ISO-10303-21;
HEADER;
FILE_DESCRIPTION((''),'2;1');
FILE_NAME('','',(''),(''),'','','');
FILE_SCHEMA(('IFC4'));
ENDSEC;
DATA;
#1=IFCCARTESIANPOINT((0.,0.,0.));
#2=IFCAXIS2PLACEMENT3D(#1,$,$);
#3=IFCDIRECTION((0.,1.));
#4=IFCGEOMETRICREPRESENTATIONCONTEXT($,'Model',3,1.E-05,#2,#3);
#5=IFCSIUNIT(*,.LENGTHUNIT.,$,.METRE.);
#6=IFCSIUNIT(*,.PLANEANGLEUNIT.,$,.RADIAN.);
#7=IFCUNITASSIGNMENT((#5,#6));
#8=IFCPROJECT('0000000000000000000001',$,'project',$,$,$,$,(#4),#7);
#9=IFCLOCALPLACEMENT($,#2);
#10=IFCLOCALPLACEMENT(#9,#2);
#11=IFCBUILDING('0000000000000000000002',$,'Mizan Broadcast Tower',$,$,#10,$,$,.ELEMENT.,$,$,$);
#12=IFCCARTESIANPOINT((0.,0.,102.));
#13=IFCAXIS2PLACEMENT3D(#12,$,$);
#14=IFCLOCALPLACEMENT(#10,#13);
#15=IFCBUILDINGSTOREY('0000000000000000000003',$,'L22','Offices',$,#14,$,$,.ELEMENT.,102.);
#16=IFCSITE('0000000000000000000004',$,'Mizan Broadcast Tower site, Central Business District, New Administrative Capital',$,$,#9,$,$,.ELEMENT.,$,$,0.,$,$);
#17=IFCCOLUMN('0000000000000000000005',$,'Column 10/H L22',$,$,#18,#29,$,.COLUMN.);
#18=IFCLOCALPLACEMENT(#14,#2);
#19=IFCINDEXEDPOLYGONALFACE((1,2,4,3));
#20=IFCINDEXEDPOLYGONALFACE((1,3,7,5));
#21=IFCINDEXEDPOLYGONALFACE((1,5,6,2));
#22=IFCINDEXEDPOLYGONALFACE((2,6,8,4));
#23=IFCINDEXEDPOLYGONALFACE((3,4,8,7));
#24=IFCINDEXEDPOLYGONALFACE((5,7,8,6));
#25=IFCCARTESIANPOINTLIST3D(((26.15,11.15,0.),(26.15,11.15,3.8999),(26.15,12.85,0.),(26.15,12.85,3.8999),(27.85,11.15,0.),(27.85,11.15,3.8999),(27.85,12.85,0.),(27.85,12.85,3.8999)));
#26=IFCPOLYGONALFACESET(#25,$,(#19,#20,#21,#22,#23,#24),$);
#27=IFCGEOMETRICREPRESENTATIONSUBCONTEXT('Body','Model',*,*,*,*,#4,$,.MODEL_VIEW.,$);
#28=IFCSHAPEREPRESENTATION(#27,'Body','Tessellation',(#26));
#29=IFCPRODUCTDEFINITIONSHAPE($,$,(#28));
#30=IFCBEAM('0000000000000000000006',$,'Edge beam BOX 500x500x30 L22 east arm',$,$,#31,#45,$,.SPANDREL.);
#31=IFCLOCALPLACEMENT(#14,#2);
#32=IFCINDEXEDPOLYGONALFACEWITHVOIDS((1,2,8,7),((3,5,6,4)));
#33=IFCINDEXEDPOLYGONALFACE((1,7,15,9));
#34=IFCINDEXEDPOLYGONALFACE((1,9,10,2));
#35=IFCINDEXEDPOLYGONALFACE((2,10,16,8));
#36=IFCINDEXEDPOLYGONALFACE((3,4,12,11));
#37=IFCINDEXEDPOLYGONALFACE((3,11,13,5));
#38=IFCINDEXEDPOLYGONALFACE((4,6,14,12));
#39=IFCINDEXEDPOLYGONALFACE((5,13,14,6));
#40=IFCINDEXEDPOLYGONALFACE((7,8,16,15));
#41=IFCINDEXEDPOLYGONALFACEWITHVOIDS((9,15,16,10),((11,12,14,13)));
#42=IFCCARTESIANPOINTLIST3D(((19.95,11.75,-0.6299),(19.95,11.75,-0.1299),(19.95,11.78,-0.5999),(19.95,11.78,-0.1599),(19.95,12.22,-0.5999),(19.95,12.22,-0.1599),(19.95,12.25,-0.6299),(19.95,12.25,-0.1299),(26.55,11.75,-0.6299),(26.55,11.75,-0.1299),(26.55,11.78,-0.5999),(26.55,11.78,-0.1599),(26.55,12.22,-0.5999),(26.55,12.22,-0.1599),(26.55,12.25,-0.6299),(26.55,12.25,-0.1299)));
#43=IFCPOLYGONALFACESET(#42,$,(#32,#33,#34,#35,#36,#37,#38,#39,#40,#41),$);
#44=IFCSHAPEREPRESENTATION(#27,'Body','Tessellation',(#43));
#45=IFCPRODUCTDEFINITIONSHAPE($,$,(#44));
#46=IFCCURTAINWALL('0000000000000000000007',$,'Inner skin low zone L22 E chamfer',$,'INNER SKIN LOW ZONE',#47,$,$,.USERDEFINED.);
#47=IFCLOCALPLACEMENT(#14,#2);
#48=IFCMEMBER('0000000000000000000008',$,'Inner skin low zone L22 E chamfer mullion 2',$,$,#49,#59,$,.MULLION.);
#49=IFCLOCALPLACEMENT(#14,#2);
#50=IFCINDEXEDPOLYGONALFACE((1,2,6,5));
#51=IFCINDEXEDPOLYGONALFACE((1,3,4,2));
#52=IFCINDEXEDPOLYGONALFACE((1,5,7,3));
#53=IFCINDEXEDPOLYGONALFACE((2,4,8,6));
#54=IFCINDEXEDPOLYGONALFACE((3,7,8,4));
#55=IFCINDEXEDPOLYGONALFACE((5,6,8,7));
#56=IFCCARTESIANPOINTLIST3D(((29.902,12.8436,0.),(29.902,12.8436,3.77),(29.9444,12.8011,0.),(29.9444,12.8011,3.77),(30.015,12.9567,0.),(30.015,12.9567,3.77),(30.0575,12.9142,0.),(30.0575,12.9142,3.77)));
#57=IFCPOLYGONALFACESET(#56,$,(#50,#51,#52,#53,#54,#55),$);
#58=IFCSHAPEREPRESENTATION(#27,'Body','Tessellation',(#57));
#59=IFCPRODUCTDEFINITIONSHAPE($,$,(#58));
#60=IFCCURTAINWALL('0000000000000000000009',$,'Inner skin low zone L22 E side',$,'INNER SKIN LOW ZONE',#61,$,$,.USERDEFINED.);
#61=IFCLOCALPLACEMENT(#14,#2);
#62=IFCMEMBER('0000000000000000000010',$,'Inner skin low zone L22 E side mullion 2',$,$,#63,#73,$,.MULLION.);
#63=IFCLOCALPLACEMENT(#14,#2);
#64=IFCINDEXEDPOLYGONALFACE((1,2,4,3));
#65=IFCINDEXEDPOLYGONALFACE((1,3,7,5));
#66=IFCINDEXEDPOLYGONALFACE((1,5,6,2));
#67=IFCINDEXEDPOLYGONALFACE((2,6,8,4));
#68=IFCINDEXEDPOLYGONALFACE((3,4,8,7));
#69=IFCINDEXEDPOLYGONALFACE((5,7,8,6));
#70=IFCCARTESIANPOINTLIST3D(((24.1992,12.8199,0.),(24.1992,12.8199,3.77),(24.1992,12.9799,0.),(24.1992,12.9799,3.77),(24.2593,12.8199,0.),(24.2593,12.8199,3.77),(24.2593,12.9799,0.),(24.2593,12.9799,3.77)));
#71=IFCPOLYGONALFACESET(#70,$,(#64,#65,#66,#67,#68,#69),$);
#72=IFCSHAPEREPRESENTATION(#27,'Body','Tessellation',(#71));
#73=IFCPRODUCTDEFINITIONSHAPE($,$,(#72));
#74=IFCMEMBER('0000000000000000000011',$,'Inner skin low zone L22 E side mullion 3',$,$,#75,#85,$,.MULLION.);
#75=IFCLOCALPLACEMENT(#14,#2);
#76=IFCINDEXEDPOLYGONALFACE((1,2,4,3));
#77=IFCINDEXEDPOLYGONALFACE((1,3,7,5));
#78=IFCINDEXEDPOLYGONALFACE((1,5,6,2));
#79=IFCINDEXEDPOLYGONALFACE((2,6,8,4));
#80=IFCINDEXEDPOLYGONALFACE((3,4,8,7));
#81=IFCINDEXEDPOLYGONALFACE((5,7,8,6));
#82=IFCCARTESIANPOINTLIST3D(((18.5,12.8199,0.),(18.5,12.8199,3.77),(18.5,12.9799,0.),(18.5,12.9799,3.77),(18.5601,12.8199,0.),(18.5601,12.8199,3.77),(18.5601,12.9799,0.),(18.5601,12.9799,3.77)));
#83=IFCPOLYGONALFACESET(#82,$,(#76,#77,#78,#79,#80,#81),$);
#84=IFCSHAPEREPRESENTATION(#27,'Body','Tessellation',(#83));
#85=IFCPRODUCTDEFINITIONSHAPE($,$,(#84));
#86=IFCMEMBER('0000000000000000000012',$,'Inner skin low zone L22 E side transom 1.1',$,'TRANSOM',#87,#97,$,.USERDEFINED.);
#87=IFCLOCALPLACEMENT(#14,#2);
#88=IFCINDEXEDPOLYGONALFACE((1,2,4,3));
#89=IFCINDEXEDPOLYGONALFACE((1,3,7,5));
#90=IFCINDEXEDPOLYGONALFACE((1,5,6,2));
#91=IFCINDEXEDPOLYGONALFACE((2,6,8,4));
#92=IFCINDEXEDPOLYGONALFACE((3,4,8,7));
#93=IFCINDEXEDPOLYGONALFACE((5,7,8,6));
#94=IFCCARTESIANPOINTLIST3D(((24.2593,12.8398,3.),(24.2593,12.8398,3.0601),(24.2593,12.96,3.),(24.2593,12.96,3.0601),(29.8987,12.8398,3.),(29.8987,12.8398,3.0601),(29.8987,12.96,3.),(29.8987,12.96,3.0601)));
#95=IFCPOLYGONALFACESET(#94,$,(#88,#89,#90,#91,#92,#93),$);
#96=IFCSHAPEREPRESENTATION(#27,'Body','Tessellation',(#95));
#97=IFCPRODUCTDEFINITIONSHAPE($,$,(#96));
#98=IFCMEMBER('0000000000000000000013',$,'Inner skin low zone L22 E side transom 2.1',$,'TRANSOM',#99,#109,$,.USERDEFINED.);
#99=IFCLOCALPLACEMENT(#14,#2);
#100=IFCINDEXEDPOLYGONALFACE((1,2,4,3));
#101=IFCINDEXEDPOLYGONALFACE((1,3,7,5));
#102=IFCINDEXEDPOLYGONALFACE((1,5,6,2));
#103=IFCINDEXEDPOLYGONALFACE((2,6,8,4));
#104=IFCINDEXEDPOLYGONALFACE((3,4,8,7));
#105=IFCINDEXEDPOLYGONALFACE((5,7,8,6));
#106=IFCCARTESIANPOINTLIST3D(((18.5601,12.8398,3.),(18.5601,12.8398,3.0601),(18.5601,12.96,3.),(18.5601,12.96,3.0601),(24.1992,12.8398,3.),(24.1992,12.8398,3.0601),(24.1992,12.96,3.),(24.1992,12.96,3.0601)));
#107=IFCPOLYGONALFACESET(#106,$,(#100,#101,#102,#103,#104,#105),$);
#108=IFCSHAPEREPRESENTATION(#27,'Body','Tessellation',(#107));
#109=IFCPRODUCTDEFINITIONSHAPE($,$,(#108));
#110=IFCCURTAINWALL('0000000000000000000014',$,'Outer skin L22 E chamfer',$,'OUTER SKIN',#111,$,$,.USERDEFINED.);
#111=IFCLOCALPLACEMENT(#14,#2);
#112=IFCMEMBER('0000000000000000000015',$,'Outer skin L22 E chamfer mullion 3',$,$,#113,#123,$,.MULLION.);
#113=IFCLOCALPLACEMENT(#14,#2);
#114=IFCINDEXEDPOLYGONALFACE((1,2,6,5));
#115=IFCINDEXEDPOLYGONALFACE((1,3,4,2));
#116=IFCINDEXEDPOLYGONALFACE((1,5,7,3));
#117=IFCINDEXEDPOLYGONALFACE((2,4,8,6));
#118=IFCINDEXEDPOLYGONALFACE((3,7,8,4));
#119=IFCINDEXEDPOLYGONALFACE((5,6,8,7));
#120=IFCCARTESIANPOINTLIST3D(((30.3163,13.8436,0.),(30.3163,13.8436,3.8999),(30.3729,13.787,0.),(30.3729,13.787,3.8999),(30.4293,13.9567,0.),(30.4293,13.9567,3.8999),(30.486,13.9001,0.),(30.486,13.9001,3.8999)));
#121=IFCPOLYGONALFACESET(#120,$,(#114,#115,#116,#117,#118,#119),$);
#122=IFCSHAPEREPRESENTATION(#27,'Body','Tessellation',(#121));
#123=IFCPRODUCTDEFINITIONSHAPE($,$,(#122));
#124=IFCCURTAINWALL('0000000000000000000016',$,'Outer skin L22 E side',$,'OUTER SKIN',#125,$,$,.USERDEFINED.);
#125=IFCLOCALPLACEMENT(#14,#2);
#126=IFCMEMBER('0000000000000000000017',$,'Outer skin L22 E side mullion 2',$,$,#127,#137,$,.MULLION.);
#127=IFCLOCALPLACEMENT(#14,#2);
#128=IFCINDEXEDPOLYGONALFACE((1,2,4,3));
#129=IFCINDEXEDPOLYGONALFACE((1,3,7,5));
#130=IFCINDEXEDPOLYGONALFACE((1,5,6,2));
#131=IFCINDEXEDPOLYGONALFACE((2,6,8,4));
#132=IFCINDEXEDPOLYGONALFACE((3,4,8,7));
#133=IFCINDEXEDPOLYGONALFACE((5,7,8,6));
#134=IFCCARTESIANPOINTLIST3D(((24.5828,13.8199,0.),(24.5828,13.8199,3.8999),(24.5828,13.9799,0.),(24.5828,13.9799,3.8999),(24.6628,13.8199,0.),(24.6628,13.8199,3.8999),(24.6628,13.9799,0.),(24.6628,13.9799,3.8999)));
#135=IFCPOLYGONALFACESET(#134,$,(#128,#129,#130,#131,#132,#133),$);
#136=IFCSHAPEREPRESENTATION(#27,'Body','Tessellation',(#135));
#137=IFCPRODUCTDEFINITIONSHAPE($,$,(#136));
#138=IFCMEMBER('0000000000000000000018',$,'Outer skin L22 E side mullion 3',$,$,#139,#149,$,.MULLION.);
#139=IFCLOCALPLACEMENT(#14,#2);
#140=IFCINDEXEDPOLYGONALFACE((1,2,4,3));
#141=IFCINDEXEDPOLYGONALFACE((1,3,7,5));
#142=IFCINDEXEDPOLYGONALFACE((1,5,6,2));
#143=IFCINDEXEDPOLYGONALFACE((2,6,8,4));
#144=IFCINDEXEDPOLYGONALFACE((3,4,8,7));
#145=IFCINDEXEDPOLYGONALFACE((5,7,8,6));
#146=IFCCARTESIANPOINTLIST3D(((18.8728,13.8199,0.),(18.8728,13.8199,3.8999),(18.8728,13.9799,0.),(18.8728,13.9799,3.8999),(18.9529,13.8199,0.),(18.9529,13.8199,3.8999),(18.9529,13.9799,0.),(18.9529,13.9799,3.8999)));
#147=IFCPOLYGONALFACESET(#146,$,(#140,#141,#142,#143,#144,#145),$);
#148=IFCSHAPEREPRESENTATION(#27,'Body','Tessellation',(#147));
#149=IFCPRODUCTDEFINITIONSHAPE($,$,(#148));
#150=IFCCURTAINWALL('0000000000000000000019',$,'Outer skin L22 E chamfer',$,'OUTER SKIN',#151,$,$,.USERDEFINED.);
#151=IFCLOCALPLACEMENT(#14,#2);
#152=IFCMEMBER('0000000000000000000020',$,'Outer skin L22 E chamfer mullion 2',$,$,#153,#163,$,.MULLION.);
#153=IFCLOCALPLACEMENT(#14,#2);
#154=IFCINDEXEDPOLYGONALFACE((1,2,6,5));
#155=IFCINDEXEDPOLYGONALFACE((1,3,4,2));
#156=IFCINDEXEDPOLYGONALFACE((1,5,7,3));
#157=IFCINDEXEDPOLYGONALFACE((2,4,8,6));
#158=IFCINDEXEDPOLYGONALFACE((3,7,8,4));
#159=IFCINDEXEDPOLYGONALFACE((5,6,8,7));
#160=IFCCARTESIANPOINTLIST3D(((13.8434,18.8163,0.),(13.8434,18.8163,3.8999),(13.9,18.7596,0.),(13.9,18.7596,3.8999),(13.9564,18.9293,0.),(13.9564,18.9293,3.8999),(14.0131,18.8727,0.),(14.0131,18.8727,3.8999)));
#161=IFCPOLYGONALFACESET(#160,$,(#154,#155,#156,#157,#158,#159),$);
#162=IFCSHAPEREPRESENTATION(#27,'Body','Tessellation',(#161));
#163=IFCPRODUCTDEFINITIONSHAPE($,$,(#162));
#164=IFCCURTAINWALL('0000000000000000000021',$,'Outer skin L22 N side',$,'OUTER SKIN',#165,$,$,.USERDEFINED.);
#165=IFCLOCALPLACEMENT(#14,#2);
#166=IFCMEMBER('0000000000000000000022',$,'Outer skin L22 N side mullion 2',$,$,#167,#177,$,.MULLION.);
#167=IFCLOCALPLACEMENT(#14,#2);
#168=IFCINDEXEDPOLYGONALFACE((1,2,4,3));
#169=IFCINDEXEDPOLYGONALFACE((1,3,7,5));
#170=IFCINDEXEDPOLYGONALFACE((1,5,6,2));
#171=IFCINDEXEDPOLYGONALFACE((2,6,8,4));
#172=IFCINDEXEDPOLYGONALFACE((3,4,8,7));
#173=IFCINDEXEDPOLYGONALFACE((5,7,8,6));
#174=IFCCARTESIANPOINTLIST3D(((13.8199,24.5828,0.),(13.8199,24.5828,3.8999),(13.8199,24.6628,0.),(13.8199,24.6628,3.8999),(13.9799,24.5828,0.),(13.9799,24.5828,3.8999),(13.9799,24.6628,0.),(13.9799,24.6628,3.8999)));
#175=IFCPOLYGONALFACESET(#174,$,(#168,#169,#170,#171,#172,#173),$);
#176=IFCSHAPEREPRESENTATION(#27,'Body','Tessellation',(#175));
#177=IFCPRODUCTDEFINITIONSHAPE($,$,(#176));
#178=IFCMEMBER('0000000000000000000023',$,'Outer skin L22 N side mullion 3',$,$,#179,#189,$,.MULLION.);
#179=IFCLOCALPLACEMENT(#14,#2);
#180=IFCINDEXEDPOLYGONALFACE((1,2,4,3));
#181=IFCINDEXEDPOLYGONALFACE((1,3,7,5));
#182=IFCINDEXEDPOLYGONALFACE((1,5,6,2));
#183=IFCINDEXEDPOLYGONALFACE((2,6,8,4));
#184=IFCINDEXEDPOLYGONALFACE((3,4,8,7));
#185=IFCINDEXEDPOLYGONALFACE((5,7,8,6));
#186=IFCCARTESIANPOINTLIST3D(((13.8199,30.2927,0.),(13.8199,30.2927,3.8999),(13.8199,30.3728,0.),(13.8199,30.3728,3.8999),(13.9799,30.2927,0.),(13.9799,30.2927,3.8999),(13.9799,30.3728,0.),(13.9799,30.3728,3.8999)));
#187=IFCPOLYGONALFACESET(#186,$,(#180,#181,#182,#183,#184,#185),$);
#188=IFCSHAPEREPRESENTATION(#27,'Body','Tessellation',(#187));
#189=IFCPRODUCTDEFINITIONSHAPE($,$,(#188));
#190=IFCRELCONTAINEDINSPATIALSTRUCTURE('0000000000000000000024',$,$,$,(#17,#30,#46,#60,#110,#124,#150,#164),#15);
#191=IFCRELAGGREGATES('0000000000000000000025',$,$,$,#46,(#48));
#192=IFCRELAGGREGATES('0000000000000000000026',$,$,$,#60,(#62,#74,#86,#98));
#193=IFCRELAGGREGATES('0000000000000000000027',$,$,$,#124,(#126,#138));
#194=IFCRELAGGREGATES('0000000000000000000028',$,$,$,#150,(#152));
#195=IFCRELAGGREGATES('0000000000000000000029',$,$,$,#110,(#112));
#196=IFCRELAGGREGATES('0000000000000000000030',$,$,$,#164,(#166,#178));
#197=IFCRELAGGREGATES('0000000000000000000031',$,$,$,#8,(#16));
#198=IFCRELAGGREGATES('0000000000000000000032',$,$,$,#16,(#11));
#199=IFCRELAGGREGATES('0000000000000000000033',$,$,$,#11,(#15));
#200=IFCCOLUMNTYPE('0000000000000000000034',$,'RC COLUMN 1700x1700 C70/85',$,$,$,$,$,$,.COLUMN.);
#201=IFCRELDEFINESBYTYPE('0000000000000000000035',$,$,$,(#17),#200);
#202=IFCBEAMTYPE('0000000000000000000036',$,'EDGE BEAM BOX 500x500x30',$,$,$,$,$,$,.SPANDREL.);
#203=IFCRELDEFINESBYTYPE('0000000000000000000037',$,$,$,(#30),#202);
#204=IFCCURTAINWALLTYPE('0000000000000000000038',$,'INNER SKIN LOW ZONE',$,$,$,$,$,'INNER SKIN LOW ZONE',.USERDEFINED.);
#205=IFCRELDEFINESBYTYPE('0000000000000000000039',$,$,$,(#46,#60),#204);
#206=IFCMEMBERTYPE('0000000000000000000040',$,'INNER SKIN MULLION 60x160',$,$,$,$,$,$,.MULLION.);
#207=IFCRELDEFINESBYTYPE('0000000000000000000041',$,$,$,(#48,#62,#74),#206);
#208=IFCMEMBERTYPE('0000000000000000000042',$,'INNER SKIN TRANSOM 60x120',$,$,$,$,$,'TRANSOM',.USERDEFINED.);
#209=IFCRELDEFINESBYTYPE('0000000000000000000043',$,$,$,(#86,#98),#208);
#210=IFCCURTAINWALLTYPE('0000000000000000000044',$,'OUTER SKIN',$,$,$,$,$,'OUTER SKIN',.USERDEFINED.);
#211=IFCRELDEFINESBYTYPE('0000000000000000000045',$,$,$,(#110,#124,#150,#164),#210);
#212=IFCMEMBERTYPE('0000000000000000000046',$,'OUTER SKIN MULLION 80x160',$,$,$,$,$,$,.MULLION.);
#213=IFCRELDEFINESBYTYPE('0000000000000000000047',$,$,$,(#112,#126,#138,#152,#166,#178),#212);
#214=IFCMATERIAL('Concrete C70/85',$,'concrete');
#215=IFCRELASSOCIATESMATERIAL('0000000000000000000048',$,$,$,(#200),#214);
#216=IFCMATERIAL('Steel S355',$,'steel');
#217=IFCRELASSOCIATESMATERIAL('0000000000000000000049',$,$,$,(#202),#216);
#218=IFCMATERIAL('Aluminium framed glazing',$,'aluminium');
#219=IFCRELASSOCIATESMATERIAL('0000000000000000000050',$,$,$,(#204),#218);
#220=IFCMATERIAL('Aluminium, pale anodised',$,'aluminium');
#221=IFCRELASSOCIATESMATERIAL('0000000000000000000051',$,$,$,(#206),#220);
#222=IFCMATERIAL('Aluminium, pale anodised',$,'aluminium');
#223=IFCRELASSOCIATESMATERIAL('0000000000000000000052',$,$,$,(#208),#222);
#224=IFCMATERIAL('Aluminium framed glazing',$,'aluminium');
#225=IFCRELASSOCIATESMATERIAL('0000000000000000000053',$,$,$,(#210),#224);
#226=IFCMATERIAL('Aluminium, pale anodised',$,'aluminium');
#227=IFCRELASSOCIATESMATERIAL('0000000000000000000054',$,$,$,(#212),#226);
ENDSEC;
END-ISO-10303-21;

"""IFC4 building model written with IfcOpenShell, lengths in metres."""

from ifc_helpers import new_model, si_unit, direction, frame, origin, origin_2d, place, context, subcontext, project, spatial, rectangle, hollow_rectangle, extrude, material, material_profile, profile_set, type_object, element, aggregate, save


model = new_model("IFC4")

# Units and contexts
model_context = context("Model", 3, precision=1e-05, world=origin(), true_north=direction((0.0, 1.0)))
body_context = subcontext(model_context, "Body", "Model", "MODEL_VIEW")
ifc_project = project(units=[si_unit("LENGTHUNIT", "METRE"), si_unit("PLANEANGLEUNIT", "RADIAN")], contexts=[model_context])

# Site, building, storey
site_placement = place(None, origin())
site = spatial("IfcSite", under=ifc_project, at=site_placement, Name="Mizan Broadcast Tower site, Central Business District, New Administrative Capital", CompositionType="ELEMENT", RefElevation=0.0)
building_placement = place(site_placement, origin())
building = spatial("IfcBuilding", under=site, at=building_placement, Name="Mizan Broadcast Tower", CompositionType="ELEMENT")
storey_placement = place(building_placement, frame((0.0, 0.0, 102.0)))
storey = spatial("IfcBuildingStorey", under=building, at=storey_placement, Name="L22", Description="Offices", CompositionType="ELEMENT", Elevation=102.0)

# Column
ifc_material_1 = material(Name="Concrete C70/85", Category="concrete")
ifc_material_profile_1 = material_profile(ifc_material_1, rectangle(XDim=1.7, YDim=1.7, at=origin_2d()), Name="RC 1700x1700")
ifc_profile_set_1 = profile_set([ifc_material_profile_1], Name="Concrete C70/85")
column_type = type_object("IfcColumnType", Name="RC COLUMN 1700x1700 C70/85", PredefinedType="COLUMN", material=ifc_profile_set_1)
column_placement = place(storey_placement, frame((27.0, 12.0, 0.0), z_axis=(0.0, 0.0, 1.0), x_axis=(1.0, 0.0, 0.0)))
element("IfcColumn", 1, at=column_placement, inside=storey, type_object=column_type, Name="Column 10/H L22", PredefinedType="COLUMN", context=body_context, shape_type="SweptSolid", body=[
    extrude(rectangle(XDim=1.7, YDim=1.7, at=origin_2d()), origin(), (0.0, 0.0, 1.0), 3.8999),
])

# Beam
ifc_material_2 = material(Name="Steel S355", Category="steel")
ifc_material_profile_2 = material_profile(ifc_material_2, hollow_rectangle(XDim=0.5, YDim=0.5, WallThickness=0.03, at=origin_2d()), Name="BOX 500x500x30")
ifc_profile_set_2 = profile_set([ifc_material_profile_2], Name="Steel S355")
beam_type_1 = type_object("IfcBeamType", Name="EDGE BEAM BOX 500x500x30", PredefinedType="SPANDREL", material=ifc_profile_set_2)
beam_1_placement = place(storey_placement, frame((19.95, 12.0, -0.3799), z_axis=(1.0, 0.0, 0.0), x_axis=(0.0, 1.0, 0.0)))
element("IfcBeam", 2, at=beam_1_placement, inside=storey, type_object=beam_type_1, Name="Edge beam BOX 500x500x30 L22 east arm", PredefinedType="SPANDREL", context=body_context, shape_type="SweptSolid", body=[
    extrude(hollow_rectangle(XDim=0.5, YDim=0.5, WallThickness=0.03, at=origin_2d()), origin(), (0.0, 0.0, 1.0), 6.6001),
])

# Curtain wall, member
ifc_material_3 = material(Name="Aluminium framed glazing", Category="aluminium")
curtain_wall_type_1 = type_object("IfcCurtainWallType", Name="INNER SKIN LOW ZONE", ElementType="INNER SKIN LOW ZONE", PredefinedType="USERDEFINED", material=ifc_material_3)
curtain_wall_1_placement = place(storey_placement, origin())
curtain_wall_1 = element("IfcCurtainWall", 3, at=curtain_wall_1_placement, inside=storey, type_object=curtain_wall_type_1, Name="Inner skin low zone L22 E chamfer", ObjectType="INNER SKIN LOW ZONE", PredefinedType="USERDEFINED")
ifc_material_4 = material(Name="Aluminium, pale anodised", Category="aluminium")
ifc_material_profile_3 = material_profile(ifc_material_4, rectangle(XDim=0.1599, YDim=0.0601, at=origin_2d()), Name="MULLION 160x60")
ifc_profile_set_3 = profile_set([ifc_material_profile_3], Name="Aluminium, pale anodised")
member_type_1 = type_object("IfcMemberType", Name="INNER SKIN MULLION 60x160", PredefinedType="MULLION", material=ifc_profile_set_3)
member_1_placement = place(storey_placement, frame((29.9797, 12.8789, 0.0), z_axis=(0.0, 0.0, 1.0), x_axis=(-0.707107, -0.707107, 0.0)))
member_1 = element("IfcMember", 4, at=member_1_placement, type_object=member_type_1, Name="Inner skin low zone L22 E chamfer mullion 2", PredefinedType="MULLION", context=body_context, shape_type="SweptSolid", body=[
    extrude(rectangle(XDim=0.1599, YDim=0.0601, at=origin_2d()), origin(), (0.0, 0.0, 1.0), 3.77),
])
aggregate(curtain_wall_1, [member_1])

# Curtain wall, members
curtain_wall_2_placement = place(storey_placement, origin())
curtain_wall_2 = element("IfcCurtainWall", 5, at=curtain_wall_2_placement, inside=storey, type_object=curtain_wall_type_1, Name="Inner skin low zone L22 E side", ObjectType="INNER SKIN LOW ZONE", PredefinedType="USERDEFINED")
member_2_placement = place(storey_placement, frame((24.2292, 12.8999, 0.0), z_axis=(0.0, 0.0, 1.0), x_axis=(0.0, -1.0, 0.0)))
member_2 = element("IfcMember", 6, at=member_2_placement, type_object=member_type_1, Name="Inner skin low zone L22 E side mullion 2", PredefinedType="MULLION", context=body_context, shape_type="SweptSolid", body=[
    extrude(rectangle(XDim=0.1599, YDim=0.0601, at=origin_2d()), origin(), (0.0, 0.0, 1.0), 3.77),
])
member_3_placement = place(storey_placement, frame((18.53, 12.8999, 0.0), z_axis=(0.0, 0.0, 1.0), x_axis=(0.0, -1.0, 0.0)))
member_3 = element("IfcMember", 7, at=member_3_placement, type_object=member_type_1, Name="Inner skin low zone L22 E side mullion 3", PredefinedType="MULLION", context=body_context, shape_type="SweptSolid", body=[
    extrude(rectangle(XDim=0.1599, YDim=0.0601, at=origin_2d()), origin(), (0.0, 0.0, 1.0), 3.77),
])
ifc_material_5 = material(Name="Aluminium, pale anodised", Category="aluminium")
ifc_material_profile_4 = material_profile(ifc_material_5, rectangle(XDim=0.1201, YDim=0.0601, at=origin_2d()), Name="TRANSOM 120x60")
ifc_profile_set_4 = profile_set([ifc_material_profile_4], Name="Aluminium, pale anodised")
member_type_2 = type_object("IfcMemberType", Name="INNER SKIN TRANSOM 60x120", ElementType="TRANSOM", PredefinedType="USERDEFINED", material=ifc_profile_set_4)
member_4_placement = place(storey_placement, frame((29.8987, 12.8999, 3.03), z_axis=(-1.0, 0.0, 0.0), x_axis=(0.0, -1.0, 0.0)))
member_4 = element("IfcMember", 8, at=member_4_placement, type_object=member_type_2, Name="Inner skin low zone L22 E side transom 1.1", ObjectType="TRANSOM", PredefinedType="USERDEFINED", context=body_context, shape_type="SweptSolid", body=[
    extrude(rectangle(XDim=0.1201, YDim=0.0601, at=origin_2d()), origin(), (0.0, 0.0, 1.0), 5.6394),
])
member_5_placement = place(storey_placement, frame((24.1992, 12.8999, 3.03), z_axis=(-1.0, 0.0, 0.0), x_axis=(0.0, -1.0, 0.0)))
member_5 = element("IfcMember", 9, at=member_5_placement, type_object=member_type_2, Name="Inner skin low zone L22 E side transom 2.1", ObjectType="TRANSOM", PredefinedType="USERDEFINED", context=body_context, shape_type="SweptSolid", body=[
    extrude(rectangle(XDim=0.1201, YDim=0.0601, at=origin_2d()), origin(), (0.0, 0.0, 1.0), 5.6392),
])

# Curtain wall, member
ifc_material_6 = material(Name="Aluminium framed glazing", Category="aluminium")
curtain_wall_type_2 = type_object("IfcCurtainWallType", Name="OUTER SKIN", ElementType="OUTER SKIN", PredefinedType="USERDEFINED", material=ifc_material_6)
curtain_wall_3_placement = place(storey_placement, origin())
curtain_wall_3 = element("IfcCurtainWall", 10, at=curtain_wall_3_placement, inside=storey, type_object=curtain_wall_type_2, Name="Outer skin L22 E chamfer", ObjectType="OUTER SKIN", PredefinedType="USERDEFINED")
ifc_material_7 = material(Name="Aluminium, pale anodised", Category="aluminium")
ifc_material_profile_5 = material_profile(ifc_material_7, rectangle(XDim=0.1599, YDim=0.0801, at=origin_2d()), Name="MULLION 160x80")
ifc_profile_set_5 = profile_set([ifc_material_profile_5], Name="Aluminium, pale anodised")
member_type_3 = type_object("IfcMemberType", Name="OUTER SKIN MULLION 80x160", PredefinedType="MULLION", material=ifc_profile_set_5)
member_6_placement = place(storey_placement, frame((30.4011, 13.8718, 0.0), z_axis=(0.0, 0.0, 1.0), x_axis=(-0.707107, -0.707107, 0.0)))
member_6 = element("IfcMember", 11, at=member_6_placement, type_object=member_type_3, Name="Outer skin L22 E chamfer mullion 3", PredefinedType="MULLION", context=body_context, shape_type="SweptSolid", body=[
    extrude(rectangle(XDim=0.1599, YDim=0.0801, at=origin_2d()), origin(), (0.0, 0.0, 1.0), 3.8999),
])

# Curtain wall, members
curtain_wall_4_placement = place(storey_placement, origin())
curtain_wall_4 = element("IfcCurtainWall", 12, at=curtain_wall_4_placement, inside=storey, type_object=curtain_wall_type_2, Name="Outer skin L22 E side", ObjectType="OUTER SKIN", PredefinedType="USERDEFINED")
member_7_placement = place(storey_placement, frame((24.6228, 13.8999, 0.0), z_axis=(0.0, 0.0, 1.0), x_axis=(0.0, -1.0, 0.0)))
member_7 = element("IfcMember", 13, at=member_7_placement, type_object=member_type_3, Name="Outer skin L22 E side mullion 2", PredefinedType="MULLION", context=body_context, shape_type="SweptSolid", body=[
    extrude(rectangle(XDim=0.1599, YDim=0.0801, at=origin_2d()), origin(), (0.0, 0.0, 1.0), 3.8999),
])
member_8_placement = place(storey_placement, frame((18.9128, 13.8999, 0.0), z_axis=(0.0, 0.0, 1.0), x_axis=(0.0, -1.0, 0.0)))
member_8 = element("IfcMember", 14, at=member_8_placement, type_object=member_type_3, Name="Outer skin L22 E side mullion 3", PredefinedType="MULLION", context=body_context, shape_type="SweptSolid", body=[
    extrude(rectangle(XDim=0.1599, YDim=0.0801, at=origin_2d()), origin(), (0.0, 0.0, 1.0), 3.8999),
])

# Curtain wall, member
curtain_wall_5_placement = place(storey_placement, origin())
curtain_wall_5 = element("IfcCurtainWall", 15, at=curtain_wall_5_placement, inside=storey, type_object=curtain_wall_type_2, Name="Outer skin L22 E chamfer", ObjectType="OUTER SKIN", PredefinedType="USERDEFINED")
member_9_placement = place(storey_placement, frame((13.9282, 18.8445, 0.0), z_axis=(0.0, 0.0, 1.0), x_axis=(-0.707107, -0.707107, 0.0)))
member_9 = element("IfcMember", 16, at=member_9_placement, type_object=member_type_3, Name="Outer skin L22 E chamfer mullion 2", PredefinedType="MULLION", context=body_context, shape_type="SweptSolid", body=[
    extrude(rectangle(XDim=0.1599, YDim=0.0801, at=origin_2d()), origin(), (0.0, 0.0, 1.0), 3.8999),
])

# Curtain wall, members
curtain_wall_6_placement = place(storey_placement, origin())
curtain_wall_6 = element("IfcCurtainWall", 17, at=curtain_wall_6_placement, inside=storey, type_object=curtain_wall_type_2, Name="Outer skin L22 N side", ObjectType="OUTER SKIN", PredefinedType="USERDEFINED")
member_10_placement = place(storey_placement, frame((13.8999, 24.6228, 0.0), z_axis=(0.0, 0.0, 1.0), x_axis=(-1.0, 0.0, 0.0)))
member_10 = element("IfcMember", 18, at=member_10_placement, type_object=member_type_3, Name="Outer skin L22 N side mullion 2", PredefinedType="MULLION", context=body_context, shape_type="SweptSolid", body=[
    extrude(rectangle(XDim=0.1599, YDim=0.0801, at=origin_2d()), origin(), (0.0, 0.0, 1.0), 3.8999),
])
member_11_placement = place(storey_placement, frame((13.8999, 30.3328, 0.0), z_axis=(0.0, 0.0, 1.0), x_axis=(-1.0, 0.0, 0.0)))
member_11 = element("IfcMember", 19, at=member_11_placement, type_object=member_type_3, Name="Outer skin L22 N side mullion 3", PredefinedType="MULLION", context=body_context, shape_type="SweptSolid", body=[
    extrude(rectangle(XDim=0.1599, YDim=0.0801, at=origin_2d()), origin(), (0.0, 0.0, 1.0), 3.8999),
])

aggregate(curtain_wall_2, [member_2, member_3, member_4, member_5])
aggregate(curtain_wall_4, [member_7, member_8])
aggregate(curtain_wall_5, [member_9])
aggregate(curtain_wall_3, [member_6])
aggregate(curtain_wall_6, [member_10, member_11])

save(model, "model.ifc")
